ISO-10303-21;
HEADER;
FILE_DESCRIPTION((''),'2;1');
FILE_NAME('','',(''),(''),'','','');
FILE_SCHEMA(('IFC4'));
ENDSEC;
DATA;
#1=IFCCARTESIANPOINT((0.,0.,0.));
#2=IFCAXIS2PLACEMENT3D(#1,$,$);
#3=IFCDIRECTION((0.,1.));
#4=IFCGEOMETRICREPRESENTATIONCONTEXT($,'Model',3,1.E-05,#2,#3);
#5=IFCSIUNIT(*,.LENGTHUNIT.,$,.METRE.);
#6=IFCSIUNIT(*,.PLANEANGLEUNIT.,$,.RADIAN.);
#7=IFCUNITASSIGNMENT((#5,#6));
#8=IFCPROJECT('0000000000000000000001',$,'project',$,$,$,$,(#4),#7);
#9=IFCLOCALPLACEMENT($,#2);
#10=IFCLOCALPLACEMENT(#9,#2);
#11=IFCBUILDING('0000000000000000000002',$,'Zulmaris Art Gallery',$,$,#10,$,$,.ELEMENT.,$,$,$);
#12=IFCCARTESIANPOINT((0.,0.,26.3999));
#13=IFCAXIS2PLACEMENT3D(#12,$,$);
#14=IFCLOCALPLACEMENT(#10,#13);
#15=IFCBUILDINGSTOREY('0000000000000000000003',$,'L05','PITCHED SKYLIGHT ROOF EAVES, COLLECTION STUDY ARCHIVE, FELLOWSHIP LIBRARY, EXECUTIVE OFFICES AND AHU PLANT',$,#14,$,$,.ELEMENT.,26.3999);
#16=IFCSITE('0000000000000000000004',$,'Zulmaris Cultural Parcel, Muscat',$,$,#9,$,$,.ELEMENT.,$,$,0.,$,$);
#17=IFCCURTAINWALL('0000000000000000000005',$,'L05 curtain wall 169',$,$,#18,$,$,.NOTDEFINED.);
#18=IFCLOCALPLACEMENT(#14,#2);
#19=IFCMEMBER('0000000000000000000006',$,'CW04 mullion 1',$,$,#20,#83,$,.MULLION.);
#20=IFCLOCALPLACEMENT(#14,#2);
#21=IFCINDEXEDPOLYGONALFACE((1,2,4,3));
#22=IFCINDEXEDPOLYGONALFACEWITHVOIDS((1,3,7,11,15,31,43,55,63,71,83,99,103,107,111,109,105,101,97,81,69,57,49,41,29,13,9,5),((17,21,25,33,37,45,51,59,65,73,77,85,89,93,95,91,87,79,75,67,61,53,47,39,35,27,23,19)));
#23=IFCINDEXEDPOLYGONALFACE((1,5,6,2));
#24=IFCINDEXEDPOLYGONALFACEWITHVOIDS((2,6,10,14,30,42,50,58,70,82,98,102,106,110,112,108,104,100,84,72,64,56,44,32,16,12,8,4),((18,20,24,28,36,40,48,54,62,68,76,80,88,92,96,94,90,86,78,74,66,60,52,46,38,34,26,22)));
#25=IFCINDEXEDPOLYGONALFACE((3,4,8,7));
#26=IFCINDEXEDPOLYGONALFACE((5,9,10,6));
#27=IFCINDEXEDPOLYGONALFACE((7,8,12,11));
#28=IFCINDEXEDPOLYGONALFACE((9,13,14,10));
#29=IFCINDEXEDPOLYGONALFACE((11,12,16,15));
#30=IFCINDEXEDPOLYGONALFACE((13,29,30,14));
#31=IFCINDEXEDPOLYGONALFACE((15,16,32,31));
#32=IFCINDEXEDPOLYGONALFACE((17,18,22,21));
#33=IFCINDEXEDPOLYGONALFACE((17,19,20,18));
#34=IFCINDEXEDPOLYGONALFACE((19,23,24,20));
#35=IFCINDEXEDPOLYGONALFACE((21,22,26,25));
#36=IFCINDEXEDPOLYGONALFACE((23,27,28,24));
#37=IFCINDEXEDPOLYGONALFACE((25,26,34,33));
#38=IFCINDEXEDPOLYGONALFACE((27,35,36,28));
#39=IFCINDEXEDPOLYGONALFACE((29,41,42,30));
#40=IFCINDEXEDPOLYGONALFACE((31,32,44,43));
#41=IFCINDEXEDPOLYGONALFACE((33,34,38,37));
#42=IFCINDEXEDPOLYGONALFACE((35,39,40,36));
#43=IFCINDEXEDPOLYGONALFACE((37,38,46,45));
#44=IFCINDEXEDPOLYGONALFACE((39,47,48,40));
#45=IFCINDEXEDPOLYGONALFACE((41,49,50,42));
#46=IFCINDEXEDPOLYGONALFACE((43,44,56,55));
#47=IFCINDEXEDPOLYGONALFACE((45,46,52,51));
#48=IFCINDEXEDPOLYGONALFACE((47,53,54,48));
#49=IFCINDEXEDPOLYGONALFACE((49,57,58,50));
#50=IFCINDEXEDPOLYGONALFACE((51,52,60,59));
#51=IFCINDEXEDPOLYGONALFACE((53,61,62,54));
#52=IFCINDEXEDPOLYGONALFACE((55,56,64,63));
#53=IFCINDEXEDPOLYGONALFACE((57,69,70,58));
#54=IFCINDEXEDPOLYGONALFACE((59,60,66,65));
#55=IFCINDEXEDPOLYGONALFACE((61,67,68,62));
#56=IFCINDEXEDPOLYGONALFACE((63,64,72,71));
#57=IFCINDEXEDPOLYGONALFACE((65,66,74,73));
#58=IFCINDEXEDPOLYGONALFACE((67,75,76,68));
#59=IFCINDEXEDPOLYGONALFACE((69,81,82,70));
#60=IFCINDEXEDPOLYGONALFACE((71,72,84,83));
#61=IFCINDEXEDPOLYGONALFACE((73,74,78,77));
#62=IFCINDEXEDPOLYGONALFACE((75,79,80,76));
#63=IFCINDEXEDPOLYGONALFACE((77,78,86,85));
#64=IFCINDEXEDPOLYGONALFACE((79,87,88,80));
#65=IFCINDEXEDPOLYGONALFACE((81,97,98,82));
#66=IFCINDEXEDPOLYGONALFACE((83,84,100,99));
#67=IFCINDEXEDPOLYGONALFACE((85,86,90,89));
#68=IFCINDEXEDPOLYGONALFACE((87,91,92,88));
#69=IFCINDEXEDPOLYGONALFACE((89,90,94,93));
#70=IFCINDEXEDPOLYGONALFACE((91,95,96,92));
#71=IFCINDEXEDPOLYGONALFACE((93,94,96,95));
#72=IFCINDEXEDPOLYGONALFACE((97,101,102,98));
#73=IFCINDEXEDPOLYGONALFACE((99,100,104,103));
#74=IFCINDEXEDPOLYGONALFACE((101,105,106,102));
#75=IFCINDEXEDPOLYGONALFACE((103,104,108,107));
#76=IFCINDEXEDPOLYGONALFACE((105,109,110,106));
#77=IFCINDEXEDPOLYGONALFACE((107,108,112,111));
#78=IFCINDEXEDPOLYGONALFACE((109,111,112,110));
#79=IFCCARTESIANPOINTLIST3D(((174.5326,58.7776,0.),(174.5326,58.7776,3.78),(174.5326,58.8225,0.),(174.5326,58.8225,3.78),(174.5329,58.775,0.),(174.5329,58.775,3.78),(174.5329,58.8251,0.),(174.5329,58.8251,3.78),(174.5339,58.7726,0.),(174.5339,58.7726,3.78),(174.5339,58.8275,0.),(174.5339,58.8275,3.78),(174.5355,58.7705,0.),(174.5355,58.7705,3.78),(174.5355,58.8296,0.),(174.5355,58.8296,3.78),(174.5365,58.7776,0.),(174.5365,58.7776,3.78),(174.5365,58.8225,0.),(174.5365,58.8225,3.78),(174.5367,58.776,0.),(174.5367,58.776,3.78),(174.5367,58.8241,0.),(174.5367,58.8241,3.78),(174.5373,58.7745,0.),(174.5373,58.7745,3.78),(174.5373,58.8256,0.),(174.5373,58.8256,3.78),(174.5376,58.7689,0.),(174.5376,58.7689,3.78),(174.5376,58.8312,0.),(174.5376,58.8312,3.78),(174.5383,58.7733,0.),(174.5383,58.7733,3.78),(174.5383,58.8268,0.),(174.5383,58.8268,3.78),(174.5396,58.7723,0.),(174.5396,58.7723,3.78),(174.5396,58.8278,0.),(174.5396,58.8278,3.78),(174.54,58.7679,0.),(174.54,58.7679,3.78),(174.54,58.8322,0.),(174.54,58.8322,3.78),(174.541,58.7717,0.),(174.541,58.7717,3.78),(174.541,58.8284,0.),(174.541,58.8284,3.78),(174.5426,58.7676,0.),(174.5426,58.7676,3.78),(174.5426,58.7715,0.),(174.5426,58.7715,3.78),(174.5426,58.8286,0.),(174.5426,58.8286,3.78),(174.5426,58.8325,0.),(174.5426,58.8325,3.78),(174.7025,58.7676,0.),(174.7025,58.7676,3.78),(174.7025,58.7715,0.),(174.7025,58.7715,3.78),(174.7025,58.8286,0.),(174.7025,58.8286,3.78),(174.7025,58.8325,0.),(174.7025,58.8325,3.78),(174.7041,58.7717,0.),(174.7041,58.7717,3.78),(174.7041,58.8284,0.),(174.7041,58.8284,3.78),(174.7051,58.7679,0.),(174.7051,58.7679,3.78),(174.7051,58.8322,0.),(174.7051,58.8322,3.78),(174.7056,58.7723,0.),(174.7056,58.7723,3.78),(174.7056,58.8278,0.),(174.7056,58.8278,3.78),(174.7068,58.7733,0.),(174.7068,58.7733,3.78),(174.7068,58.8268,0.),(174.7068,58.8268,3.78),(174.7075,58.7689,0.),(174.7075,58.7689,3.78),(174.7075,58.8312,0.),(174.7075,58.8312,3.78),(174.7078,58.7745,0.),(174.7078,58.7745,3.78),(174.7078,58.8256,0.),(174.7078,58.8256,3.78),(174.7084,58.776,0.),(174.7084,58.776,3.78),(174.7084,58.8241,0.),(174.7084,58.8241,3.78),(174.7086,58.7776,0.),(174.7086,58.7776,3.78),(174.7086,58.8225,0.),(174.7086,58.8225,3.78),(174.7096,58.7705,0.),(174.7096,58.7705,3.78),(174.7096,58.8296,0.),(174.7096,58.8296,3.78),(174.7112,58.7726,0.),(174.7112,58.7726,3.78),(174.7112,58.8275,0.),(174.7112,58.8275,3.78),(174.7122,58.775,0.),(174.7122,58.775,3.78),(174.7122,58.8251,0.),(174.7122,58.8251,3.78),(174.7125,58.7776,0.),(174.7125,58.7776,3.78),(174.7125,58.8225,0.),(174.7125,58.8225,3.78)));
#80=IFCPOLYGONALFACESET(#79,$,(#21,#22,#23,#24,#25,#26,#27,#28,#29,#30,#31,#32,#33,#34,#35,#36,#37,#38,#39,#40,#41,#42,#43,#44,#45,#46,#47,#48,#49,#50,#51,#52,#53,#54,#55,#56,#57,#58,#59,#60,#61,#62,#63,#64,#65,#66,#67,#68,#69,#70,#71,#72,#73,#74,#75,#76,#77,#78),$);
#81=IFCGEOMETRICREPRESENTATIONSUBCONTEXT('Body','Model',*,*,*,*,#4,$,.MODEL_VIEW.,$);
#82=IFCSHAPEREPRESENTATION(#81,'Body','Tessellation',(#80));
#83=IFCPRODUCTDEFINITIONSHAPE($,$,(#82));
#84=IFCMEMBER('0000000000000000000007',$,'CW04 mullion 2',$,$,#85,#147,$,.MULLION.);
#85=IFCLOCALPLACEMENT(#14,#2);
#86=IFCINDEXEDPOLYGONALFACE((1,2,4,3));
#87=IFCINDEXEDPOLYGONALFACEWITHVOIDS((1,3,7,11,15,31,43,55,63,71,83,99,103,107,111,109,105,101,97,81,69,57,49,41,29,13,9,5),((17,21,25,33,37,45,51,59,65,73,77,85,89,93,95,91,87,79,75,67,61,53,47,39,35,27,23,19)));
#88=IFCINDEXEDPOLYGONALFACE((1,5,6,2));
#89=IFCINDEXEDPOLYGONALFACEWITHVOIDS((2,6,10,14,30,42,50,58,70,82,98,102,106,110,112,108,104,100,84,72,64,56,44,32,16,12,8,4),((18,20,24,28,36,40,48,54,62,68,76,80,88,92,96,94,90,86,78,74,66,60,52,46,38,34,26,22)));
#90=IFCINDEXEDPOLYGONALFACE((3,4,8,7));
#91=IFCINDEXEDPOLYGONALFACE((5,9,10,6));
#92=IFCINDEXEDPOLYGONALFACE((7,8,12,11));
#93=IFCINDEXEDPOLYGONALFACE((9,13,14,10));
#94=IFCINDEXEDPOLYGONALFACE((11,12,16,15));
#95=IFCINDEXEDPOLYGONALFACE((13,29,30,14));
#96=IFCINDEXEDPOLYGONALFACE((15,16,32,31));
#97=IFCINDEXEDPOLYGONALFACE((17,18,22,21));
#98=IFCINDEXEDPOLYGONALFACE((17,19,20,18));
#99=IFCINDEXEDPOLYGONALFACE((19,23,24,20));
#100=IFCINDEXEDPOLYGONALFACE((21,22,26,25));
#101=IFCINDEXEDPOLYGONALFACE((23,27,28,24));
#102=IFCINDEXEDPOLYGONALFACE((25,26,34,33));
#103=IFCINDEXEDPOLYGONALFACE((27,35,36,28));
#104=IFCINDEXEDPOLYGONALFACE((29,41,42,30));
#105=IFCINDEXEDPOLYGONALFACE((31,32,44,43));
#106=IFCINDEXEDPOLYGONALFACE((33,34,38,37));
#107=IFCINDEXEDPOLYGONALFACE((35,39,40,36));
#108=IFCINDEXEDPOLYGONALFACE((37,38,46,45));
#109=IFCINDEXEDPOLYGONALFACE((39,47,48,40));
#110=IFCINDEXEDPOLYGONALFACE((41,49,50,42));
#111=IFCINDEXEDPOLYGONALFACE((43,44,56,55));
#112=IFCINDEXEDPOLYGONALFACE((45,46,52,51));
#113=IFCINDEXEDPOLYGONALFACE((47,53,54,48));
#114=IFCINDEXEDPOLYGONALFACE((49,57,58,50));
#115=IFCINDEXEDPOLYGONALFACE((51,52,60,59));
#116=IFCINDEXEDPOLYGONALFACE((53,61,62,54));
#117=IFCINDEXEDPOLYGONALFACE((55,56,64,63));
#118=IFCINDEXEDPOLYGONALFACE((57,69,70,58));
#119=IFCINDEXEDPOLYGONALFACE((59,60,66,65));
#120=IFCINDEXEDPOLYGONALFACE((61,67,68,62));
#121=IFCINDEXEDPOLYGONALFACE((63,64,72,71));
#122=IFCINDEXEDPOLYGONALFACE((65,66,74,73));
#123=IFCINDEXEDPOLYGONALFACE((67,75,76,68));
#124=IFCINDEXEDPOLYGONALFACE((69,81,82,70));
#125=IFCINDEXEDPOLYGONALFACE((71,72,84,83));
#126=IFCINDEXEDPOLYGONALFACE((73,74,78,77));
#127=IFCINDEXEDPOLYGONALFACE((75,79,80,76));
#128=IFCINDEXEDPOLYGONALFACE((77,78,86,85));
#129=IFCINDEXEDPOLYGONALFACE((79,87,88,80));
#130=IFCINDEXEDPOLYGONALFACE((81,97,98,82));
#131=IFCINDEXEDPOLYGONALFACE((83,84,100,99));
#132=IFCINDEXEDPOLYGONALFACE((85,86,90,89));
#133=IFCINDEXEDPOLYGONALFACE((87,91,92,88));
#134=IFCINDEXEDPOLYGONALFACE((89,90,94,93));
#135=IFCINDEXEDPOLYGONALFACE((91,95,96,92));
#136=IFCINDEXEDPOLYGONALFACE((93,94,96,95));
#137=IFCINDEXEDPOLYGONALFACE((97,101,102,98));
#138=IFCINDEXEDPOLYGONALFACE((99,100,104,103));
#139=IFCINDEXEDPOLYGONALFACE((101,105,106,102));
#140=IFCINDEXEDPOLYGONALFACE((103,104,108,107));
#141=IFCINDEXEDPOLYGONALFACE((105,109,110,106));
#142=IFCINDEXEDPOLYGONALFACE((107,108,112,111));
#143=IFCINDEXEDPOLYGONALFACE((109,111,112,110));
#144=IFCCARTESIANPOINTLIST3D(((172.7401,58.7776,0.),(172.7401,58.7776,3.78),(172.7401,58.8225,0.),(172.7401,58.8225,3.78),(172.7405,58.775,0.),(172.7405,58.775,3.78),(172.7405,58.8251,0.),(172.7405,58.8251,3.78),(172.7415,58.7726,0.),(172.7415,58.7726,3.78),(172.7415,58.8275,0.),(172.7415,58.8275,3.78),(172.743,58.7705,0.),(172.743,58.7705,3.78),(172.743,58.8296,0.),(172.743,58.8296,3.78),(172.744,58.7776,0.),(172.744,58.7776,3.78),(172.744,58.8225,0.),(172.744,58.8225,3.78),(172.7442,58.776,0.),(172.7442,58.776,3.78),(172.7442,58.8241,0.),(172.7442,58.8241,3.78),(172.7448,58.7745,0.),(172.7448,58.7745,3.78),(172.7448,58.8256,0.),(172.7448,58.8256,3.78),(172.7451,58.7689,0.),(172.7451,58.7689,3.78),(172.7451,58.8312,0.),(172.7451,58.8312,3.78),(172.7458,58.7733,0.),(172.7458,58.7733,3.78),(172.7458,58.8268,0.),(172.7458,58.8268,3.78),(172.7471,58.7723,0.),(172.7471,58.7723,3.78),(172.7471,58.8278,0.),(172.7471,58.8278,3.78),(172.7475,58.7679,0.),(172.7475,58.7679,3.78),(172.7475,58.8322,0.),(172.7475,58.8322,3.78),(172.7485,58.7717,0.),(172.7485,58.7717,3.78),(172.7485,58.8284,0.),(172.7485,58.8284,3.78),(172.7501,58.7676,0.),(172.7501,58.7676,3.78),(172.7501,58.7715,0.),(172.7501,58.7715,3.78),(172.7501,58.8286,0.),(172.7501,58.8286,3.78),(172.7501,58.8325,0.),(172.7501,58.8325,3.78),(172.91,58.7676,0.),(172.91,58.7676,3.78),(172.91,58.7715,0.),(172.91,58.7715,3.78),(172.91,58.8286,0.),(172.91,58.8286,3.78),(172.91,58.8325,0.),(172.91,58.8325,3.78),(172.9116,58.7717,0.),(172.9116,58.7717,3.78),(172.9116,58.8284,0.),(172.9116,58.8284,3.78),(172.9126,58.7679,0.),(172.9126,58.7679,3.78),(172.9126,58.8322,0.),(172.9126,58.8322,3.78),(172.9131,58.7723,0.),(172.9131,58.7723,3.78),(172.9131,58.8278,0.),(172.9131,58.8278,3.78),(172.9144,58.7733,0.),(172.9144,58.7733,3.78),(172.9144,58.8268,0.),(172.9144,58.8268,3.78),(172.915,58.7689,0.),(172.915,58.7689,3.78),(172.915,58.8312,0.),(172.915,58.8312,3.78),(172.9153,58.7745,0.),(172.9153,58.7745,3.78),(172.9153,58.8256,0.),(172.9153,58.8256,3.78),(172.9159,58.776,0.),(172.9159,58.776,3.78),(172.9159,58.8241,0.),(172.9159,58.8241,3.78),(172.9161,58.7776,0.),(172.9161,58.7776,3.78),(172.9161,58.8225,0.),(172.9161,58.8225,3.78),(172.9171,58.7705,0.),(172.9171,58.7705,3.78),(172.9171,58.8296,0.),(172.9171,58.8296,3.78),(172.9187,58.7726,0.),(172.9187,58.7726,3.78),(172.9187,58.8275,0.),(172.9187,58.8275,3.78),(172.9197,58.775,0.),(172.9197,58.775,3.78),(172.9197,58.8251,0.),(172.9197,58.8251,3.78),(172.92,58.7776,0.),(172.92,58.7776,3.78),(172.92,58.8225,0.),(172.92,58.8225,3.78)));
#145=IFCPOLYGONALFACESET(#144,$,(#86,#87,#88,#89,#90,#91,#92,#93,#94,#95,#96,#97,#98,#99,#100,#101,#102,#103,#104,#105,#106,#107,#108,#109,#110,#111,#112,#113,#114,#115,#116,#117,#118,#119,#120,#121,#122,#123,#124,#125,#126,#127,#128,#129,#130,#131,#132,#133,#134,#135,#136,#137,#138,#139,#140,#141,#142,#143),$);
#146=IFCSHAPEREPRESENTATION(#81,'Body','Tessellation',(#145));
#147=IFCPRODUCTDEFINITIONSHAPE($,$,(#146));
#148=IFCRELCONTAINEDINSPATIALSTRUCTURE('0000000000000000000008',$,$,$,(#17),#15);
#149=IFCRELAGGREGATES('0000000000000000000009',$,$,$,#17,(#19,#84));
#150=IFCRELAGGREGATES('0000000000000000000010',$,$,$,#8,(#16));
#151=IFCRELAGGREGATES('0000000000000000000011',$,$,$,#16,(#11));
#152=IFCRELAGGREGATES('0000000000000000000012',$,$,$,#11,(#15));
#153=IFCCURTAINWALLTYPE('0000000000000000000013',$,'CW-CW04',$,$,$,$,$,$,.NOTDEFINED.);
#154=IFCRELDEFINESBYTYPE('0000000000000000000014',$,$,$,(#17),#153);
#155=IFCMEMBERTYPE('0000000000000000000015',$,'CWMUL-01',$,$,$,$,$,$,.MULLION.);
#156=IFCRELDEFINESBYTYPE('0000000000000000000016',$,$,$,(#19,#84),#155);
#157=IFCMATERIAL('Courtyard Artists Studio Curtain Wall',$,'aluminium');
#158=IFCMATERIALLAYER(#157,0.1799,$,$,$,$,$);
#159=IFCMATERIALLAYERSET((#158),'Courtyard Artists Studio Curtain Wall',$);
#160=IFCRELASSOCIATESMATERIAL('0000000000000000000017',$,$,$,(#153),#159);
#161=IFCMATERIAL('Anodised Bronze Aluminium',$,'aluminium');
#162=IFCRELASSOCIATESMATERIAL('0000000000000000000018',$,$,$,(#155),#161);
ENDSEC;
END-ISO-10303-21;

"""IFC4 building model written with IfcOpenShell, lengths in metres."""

from ifc_helpers import new_model, si_unit, direction, frame, origin, origin_2d, place, context, subcontext, project, spatial, hollow_rectangle, extrude, material, layer, layer_set, material_profile, profile_set, type_object, element, aggregate, save


model = new_model("IFC4")

# Units and contexts
model_context = context("Model", 3, precision=1e-05, world=origin(), true_north=direction((0.0, 1.0)))
body_context = subcontext(model_context, "Body", "Model", "MODEL_VIEW")
ifc_project = project(units=[si_unit("LENGTHUNIT", "METRE"), si_unit("PLANEANGLEUNIT", "RADIAN")], contexts=[model_context])

# Site, building, storey
site_placement = place(None, origin())
site = spatial("IfcSite", under=ifc_project, at=site_placement, Name="Zulmaris Cultural Parcel, Muscat", CompositionType="ELEMENT", RefElevation=0.0)
building_placement = place(site_placement, origin())
building = spatial("IfcBuilding", under=site, at=building_placement, Name="Zulmaris Art Gallery", CompositionType="ELEMENT")
storey_placement = place(building_placement, frame((0.0, 0.0, 26.3999)))
storey = spatial("IfcBuildingStorey", under=building, at=storey_placement, Name="L05", Description="PITCHED SKYLIGHT ROOF EAVES, COLLECTION STUDY ARCHIVE, FELLOWSHIP LIBRARY, EXECUTIVE OFFICES AND AHU PLANT", CompositionType="ELEMENT", Elevation=26.3999)

# Curtain wall, members
ifc_material_1 = material(Name="Courtyard Artists Studio Curtain Wall", Category="aluminium")
ifc_layer_1 = layer(ifc_material_1, 0.1799)
ifc_layer_set_1 = layer_set([ifc_layer_1], Name="Courtyard Artists Studio Curtain Wall")
curtain_wall_type = type_object("IfcCurtainWallType", Name="CW-CW04", PredefinedType="NOTDEFINED", material=ifc_layer_set_1)
curtain_wall_1_placement = place(storey_placement, origin())
curtain_wall_1 = element("IfcCurtainWall", 1, at=curtain_wall_1_placement, inside=storey, type_object=curtain_wall_type, Name="L05 curtain wall 169", PredefinedType="NOTDEFINED")
ifc_material_2 = material(Name="Anodised Bronze Aluminium", Category="aluminium")
ifc_material_profile_1 = material_profile(ifc_material_2, hollow_rectangle(XDim=0.0649, YDim=0.1799, WallThickness=0.0039, InnerFilletRadius=0.0061, OuterFilletRadius=0.01, at=origin_2d()), Name="ALU 65x180x4")
ifc_profile_set_1 = profile_set([ifc_material_profile_1], Name="Anodised Bronze Aluminium")
member_type_1 = type_object("IfcMemberType", Name="CWMUL-01", PredefinedType="MULLION", material=ifc_profile_set_1)
member_1_placement = place(storey_placement, frame((174.6226, 58.8, 0.0), z_axis=(0.0, 0.0, 1.0), x_axis=(0.0, -1.0, 0.0)))
member_1 = element("IfcMember", 2, at=member_1_placement, type_object=member_type_1, Name="CW04 mullion 1", PredefinedType="MULLION", context=body_context, shape_type="SweptSolid", body=[
    extrude(hollow_rectangle(XDim=0.0649, YDim=0.1799, WallThickness=0.0039, InnerFilletRadius=0.0061, OuterFilletRadius=0.01, at=origin_2d()), origin(), (0.0, 0.0, 1.0), 3.78),
])
member_2_placement = place(storey_placement, frame((172.8301, 58.8, 0.0), z_axis=(0.0, 0.0, 1.0), x_axis=(0.0, -1.0, 0.0)))
member_2 = element("IfcMember", 3, at=member_2_placement, type_object=member_type_1, Name="CW04 mullion 2", PredefinedType="MULLION", context=body_context, shape_type="SweptSolid", body=[
    extrude(hollow_rectangle(XDim=0.0649, YDim=0.1799, WallThickness=0.0039, InnerFilletRadius=0.0061, OuterFilletRadius=0.01, at=origin_2d()), origin(), (0.0, 0.0, 1.0), 3.78),
])

aggregate(curtain_wall_1, [member_1, member_2])

save(model, "model.ifc")
